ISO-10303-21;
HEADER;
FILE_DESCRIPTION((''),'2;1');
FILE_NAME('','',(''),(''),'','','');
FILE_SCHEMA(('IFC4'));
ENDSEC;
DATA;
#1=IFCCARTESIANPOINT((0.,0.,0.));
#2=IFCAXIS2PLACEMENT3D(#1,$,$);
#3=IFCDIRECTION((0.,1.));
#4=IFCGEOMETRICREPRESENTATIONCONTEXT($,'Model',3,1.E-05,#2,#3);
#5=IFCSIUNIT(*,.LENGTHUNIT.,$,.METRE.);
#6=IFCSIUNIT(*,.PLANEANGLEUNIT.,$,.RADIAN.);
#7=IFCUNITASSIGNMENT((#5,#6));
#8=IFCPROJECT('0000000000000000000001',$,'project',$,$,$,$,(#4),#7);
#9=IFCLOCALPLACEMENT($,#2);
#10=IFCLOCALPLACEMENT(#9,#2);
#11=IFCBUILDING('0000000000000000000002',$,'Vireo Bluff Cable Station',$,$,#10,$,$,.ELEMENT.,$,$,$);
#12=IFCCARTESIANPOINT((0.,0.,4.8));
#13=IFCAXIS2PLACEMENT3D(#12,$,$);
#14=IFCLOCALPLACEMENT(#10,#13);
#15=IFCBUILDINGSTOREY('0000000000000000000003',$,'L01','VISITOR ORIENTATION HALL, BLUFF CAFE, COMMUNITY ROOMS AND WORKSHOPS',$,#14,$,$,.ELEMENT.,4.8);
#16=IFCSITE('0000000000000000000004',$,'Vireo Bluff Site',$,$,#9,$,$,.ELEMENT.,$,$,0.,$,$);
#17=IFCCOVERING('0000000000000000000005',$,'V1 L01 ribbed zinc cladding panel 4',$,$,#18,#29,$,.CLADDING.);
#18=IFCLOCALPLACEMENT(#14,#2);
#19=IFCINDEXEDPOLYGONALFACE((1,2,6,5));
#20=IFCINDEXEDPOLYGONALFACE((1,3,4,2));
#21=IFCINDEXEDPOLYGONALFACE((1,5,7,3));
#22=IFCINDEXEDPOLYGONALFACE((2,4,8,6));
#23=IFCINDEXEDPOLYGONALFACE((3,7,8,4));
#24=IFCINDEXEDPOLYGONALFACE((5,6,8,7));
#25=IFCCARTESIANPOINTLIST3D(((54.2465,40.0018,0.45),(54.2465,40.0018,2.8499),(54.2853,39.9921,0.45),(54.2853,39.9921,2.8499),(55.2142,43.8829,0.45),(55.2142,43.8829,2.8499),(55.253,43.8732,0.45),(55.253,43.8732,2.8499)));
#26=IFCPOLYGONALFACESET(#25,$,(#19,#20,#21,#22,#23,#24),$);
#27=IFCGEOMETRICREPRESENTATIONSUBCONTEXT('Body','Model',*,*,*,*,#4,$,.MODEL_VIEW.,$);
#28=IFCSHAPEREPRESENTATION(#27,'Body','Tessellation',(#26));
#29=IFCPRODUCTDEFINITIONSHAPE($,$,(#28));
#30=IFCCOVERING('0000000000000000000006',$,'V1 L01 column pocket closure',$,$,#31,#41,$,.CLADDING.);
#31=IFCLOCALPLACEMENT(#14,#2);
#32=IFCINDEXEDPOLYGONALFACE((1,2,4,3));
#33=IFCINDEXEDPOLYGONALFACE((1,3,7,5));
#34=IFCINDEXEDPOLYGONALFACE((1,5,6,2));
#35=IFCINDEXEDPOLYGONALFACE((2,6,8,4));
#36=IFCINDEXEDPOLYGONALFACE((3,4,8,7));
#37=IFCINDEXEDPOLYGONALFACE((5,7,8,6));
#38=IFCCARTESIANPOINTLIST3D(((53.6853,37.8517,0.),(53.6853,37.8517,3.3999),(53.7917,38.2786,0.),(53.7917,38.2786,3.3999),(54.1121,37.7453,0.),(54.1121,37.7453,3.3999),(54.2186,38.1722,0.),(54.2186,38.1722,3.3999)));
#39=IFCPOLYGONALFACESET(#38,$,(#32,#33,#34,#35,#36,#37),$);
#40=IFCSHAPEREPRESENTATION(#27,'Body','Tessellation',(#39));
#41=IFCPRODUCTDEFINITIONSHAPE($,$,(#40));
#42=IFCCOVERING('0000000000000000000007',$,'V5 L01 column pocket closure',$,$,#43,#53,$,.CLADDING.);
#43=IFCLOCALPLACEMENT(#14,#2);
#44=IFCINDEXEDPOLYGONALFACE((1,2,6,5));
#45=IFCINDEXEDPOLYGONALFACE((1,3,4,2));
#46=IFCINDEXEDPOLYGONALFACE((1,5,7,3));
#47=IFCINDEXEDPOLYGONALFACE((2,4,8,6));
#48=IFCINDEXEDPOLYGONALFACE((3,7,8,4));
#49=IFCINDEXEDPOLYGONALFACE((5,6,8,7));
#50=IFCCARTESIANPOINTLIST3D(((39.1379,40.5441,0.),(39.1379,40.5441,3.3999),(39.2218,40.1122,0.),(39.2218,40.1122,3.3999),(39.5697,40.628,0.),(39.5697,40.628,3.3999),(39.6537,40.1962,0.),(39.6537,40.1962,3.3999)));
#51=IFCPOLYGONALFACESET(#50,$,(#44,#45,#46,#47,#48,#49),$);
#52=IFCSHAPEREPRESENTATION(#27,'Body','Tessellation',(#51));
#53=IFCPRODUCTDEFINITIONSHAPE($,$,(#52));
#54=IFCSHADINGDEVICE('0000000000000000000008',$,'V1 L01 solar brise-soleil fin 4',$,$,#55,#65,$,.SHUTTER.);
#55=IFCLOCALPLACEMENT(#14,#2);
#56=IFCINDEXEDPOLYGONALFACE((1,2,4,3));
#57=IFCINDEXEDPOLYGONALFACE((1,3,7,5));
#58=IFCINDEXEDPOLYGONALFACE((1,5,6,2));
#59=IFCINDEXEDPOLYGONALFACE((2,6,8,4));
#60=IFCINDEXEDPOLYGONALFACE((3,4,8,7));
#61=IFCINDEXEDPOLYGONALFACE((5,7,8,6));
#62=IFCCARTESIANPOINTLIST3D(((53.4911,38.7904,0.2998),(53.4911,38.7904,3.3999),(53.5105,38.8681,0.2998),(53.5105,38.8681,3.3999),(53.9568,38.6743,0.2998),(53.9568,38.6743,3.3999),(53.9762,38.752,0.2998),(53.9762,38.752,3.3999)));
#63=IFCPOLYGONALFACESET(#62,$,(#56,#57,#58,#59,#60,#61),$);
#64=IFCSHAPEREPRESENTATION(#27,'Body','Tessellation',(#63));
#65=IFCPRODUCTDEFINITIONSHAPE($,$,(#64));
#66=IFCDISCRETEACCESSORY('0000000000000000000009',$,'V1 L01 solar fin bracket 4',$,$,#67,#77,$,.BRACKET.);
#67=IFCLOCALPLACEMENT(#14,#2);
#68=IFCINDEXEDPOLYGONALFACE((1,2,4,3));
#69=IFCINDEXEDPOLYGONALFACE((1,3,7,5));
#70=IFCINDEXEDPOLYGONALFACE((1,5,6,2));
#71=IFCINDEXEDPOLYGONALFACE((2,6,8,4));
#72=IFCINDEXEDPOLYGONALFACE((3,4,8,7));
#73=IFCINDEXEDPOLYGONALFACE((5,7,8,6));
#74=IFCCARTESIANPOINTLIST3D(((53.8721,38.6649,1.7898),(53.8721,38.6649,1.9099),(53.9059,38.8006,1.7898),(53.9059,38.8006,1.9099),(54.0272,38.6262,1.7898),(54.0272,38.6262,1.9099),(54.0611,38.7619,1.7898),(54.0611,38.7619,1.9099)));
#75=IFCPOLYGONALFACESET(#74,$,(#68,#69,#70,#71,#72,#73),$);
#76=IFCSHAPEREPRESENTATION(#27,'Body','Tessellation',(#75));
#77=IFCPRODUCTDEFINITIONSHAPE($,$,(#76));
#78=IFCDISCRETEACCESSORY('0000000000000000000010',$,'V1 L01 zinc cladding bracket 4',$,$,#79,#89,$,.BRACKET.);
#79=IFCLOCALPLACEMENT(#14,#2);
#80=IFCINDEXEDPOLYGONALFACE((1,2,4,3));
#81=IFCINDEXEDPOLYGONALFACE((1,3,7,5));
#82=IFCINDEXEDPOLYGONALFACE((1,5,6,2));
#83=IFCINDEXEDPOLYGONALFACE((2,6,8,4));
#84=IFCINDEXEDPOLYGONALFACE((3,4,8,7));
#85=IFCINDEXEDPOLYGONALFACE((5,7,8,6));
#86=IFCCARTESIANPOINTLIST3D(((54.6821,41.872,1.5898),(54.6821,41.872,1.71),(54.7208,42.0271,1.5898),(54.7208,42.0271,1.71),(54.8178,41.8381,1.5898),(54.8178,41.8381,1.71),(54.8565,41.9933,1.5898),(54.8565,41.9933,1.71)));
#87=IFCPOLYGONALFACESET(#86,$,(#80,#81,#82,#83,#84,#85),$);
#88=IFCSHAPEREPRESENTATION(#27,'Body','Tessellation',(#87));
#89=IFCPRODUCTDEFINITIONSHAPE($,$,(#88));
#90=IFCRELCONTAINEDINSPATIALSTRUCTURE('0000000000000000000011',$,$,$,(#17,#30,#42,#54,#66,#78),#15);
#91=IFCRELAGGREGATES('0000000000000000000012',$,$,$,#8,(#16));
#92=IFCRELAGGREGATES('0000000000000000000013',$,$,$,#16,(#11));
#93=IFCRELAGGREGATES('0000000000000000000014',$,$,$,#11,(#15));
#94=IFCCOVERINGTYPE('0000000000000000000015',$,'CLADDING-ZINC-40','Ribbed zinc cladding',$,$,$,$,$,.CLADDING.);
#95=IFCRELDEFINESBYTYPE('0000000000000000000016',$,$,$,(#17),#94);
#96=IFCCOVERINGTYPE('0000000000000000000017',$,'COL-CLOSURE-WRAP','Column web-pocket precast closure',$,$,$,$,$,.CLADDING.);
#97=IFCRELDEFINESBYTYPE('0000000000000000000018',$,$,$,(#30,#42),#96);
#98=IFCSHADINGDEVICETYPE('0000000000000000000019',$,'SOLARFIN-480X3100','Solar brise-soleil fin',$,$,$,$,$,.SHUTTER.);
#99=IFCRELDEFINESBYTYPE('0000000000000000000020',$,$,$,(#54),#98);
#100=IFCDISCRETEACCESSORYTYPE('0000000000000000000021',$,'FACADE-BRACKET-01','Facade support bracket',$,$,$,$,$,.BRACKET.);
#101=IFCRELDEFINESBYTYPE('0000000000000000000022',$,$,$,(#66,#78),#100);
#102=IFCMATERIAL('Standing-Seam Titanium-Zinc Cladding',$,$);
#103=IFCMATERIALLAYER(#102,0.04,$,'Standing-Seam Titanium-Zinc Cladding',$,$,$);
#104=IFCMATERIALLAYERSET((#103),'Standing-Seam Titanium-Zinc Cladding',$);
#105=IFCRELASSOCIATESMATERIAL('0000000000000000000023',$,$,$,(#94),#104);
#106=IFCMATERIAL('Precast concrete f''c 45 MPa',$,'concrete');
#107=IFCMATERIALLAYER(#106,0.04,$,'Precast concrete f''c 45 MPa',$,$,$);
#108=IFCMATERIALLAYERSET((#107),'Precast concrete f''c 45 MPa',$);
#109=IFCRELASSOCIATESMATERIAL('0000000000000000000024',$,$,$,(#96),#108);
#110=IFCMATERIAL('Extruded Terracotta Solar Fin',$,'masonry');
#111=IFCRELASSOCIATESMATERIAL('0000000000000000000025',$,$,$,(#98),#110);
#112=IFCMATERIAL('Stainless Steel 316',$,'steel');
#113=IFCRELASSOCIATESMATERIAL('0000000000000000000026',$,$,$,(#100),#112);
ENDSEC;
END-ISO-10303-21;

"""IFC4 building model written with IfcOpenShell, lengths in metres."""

from ifc_helpers import new_model, si_unit, direction, frame, origin, origin_2d, place, context, subcontext, project, spatial, rectangle, extrude, material, layer, layer_set, type_object, element, save


model = new_model("IFC4")

# Units and contexts
model_context = context("Model", 3, precision=1e-05, world=origin(), true_north=direction((0.0, 1.0)))
body_context = subcontext(model_context, "Body", "Model", "MODEL_VIEW")
ifc_project = project(units=[si_unit("LENGTHUNIT", "METRE"), si_unit("PLANEANGLEUNIT", "RADIAN")], contexts=[model_context])

# Site, building, storey
site_placement = place(None, origin())
site = spatial("IfcSite", under=ifc_project, at=site_placement, Name="Vireo Bluff Site", CompositionType="ELEMENT", RefElevation=0.0)
building_placement = place(site_placement, origin())
building = spatial("IfcBuilding", under=site, at=building_placement, Name="Vireo Bluff Cable Station", CompositionType="ELEMENT")
storey_placement = place(building_placement, frame((0.0, 0.0, 4.8)))
storey = spatial("IfcBuildingStorey", under=building, at=storey_placement, Name="L01", Description="VISITOR ORIENTATION HALL, BLUFF CAFE, COMMUNITY ROOMS AND WORKSHOPS", CompositionType="ELEMENT", Elevation=4.8)

# Shared definitions
ifc_material_1 = material(Name="Precast concrete f'c 45 MPa", Category="concrete")

# Coverings
ifc_material_2 = material(Name="Standing-Seam Titanium-Zinc Cladding")
ifc_layer_1 = layer(ifc_material_2, 0.04, Name="Standing-Seam Titanium-Zinc Cladding")
ifc_layer_set_1 = layer_set([ifc_layer_1], Name="Standing-Seam Titanium-Zinc Cladding")
covering_type_1 = type_object("IfcCoveringType", Name="CLADDING-ZINC-40", Description="Ribbed zinc cladding", PredefinedType="CLADDING", material=ifc_layer_set_1)
covering_placement = place(storey_placement, frame((54.7498, 41.9375, 0.45), z_axis=(0.0, 0.0, 1.0), x_axis=(0.241922, 0.970296, 0.0)))
element("IfcCovering", 1, at=covering_placement, inside=storey, type_object=covering_type_1, Name="V1 L01 ribbed zinc cladding panel 4", PredefinedType="CLADDING", context=body_context, shape_type="SweptSolid", body=[
    extrude(rectangle(XDim=4.0, YDim=0.04, at=origin_2d()), origin(), (0.0, 0.0, 1.0), 2.3999),
])
ifc_layer_2 = layer(ifc_material_1, 0.04, Name="Precast concrete f'c 45 MPa")
ifc_layer_set_2 = layer_set([ifc_layer_2], Name="Precast concrete f'c 45 MPa")
covering_type_2 = type_object("IfcCoveringType", Name="COL-CLOSURE-WRAP", Description="Column web-pocket precast closure", PredefinedType="CLADDING", material=ifc_layer_set_2)
for number, where, z_axis, x_axis, name in (
    (2, (53.9519, 38.012, 0.0), (0.0, 0.0, 1.0), (0.970296, -0.241922, 0.0), "V1 L01 column pocket closure"),
    (3, (39.3958, 40.3701, 0.0), (0.0, 0.0, 1.0), (0.981627, 0.190809, 0.0), "V5 L01 column pocket closure"),
):
    element("IfcCovering", number, at=place(storey_placement, frame(where, z_axis=z_axis, x_axis=x_axis)), inside=storey, type_object=covering_type_2, Name=name, PredefinedType="CLADDING", context=body_context, shape_type="SweptSolid", body=[
        extrude(rectangle(XDim=0.4399, YDim=0.4399, at=origin_2d()), origin(), (0.0, 0.0, 1.0), 3.3999),
    ])

# Shading device
ifc_material_3 = material(Name="Extruded Terracotta Solar Fin", Category="masonry")
shading_device_type = type_object("IfcShadingDeviceType", Name="SOLARFIN-480X3100", Description="Solar brise-soleil fin", PredefinedType="SHUTTER", material=ifc_material_3)
shading_device_placement = place(storey_placement, frame((53.7336, 38.7712, 0.2998), z_axis=(0.0, 0.0, 1.0), x_axis=(0.241922, 0.970296, 0.0)))
element("IfcShadingDevice", 4, at=shading_device_placement, inside=storey, type_object=shading_device_type, Name="V1 L01 solar brise-soleil fin 4", PredefinedType="SHUTTER", context=body_context, shape_type="SweptSolid", body=[
    extrude(rectangle(XDim=0.0801, YDim=0.48, at=origin_2d()), origin(), (0.0, 0.0, 1.0), 3.1001),
])

# Discrete accessories
ifc_material_4 = material(Name="Stainless Steel 316", Category="steel")
discrete_accessory_type = type_object("IfcDiscreteAccessoryType", Name="FACADE-BRACKET-01", Description="Facade support bracket", PredefinedType="BRACKET", material=ifc_material_4)
discrete_accessory_1_placement = place(storey_placement, frame((53.9666, 38.7134, 1.7898), z_axis=(0.0, 0.0, 1.0), x_axis=(0.241922, 0.970296, 0.0)))
element("IfcDiscreteAccessory", 5, at=discrete_accessory_1_placement, inside=storey, type_object=discrete_accessory_type, Name="V1 L01 solar fin bracket 4", PredefinedType="BRACKET", context=body_context, shape_type="SweptSolid", body=[
    extrude(rectangle(XDim=0.1399, YDim=0.1599, at=origin_2d()), origin(), (0.0, 0.0, 1.0), 0.1201),
])
discrete_accessory_2_placement = place(storey_placement, frame((54.7693, 41.9326, 1.5898), z_axis=(0.0, 0.0, 1.0), x_axis=(0.241922, 0.970296, 0.0)))
element("IfcDiscreteAccessory", 6, at=discrete_accessory_2_placement, inside=storey, type_object=discrete_accessory_type, Name="V1 L01 zinc cladding bracket 4", PredefinedType="BRACKET", context=body_context, shape_type="SweptSolid", body=[
    extrude(rectangle(XDim=0.1599, YDim=0.1399, at=origin_2d()), origin(), (0.0, 0.0, 1.0), 0.1201),
])

save(model, "model.ifc")
